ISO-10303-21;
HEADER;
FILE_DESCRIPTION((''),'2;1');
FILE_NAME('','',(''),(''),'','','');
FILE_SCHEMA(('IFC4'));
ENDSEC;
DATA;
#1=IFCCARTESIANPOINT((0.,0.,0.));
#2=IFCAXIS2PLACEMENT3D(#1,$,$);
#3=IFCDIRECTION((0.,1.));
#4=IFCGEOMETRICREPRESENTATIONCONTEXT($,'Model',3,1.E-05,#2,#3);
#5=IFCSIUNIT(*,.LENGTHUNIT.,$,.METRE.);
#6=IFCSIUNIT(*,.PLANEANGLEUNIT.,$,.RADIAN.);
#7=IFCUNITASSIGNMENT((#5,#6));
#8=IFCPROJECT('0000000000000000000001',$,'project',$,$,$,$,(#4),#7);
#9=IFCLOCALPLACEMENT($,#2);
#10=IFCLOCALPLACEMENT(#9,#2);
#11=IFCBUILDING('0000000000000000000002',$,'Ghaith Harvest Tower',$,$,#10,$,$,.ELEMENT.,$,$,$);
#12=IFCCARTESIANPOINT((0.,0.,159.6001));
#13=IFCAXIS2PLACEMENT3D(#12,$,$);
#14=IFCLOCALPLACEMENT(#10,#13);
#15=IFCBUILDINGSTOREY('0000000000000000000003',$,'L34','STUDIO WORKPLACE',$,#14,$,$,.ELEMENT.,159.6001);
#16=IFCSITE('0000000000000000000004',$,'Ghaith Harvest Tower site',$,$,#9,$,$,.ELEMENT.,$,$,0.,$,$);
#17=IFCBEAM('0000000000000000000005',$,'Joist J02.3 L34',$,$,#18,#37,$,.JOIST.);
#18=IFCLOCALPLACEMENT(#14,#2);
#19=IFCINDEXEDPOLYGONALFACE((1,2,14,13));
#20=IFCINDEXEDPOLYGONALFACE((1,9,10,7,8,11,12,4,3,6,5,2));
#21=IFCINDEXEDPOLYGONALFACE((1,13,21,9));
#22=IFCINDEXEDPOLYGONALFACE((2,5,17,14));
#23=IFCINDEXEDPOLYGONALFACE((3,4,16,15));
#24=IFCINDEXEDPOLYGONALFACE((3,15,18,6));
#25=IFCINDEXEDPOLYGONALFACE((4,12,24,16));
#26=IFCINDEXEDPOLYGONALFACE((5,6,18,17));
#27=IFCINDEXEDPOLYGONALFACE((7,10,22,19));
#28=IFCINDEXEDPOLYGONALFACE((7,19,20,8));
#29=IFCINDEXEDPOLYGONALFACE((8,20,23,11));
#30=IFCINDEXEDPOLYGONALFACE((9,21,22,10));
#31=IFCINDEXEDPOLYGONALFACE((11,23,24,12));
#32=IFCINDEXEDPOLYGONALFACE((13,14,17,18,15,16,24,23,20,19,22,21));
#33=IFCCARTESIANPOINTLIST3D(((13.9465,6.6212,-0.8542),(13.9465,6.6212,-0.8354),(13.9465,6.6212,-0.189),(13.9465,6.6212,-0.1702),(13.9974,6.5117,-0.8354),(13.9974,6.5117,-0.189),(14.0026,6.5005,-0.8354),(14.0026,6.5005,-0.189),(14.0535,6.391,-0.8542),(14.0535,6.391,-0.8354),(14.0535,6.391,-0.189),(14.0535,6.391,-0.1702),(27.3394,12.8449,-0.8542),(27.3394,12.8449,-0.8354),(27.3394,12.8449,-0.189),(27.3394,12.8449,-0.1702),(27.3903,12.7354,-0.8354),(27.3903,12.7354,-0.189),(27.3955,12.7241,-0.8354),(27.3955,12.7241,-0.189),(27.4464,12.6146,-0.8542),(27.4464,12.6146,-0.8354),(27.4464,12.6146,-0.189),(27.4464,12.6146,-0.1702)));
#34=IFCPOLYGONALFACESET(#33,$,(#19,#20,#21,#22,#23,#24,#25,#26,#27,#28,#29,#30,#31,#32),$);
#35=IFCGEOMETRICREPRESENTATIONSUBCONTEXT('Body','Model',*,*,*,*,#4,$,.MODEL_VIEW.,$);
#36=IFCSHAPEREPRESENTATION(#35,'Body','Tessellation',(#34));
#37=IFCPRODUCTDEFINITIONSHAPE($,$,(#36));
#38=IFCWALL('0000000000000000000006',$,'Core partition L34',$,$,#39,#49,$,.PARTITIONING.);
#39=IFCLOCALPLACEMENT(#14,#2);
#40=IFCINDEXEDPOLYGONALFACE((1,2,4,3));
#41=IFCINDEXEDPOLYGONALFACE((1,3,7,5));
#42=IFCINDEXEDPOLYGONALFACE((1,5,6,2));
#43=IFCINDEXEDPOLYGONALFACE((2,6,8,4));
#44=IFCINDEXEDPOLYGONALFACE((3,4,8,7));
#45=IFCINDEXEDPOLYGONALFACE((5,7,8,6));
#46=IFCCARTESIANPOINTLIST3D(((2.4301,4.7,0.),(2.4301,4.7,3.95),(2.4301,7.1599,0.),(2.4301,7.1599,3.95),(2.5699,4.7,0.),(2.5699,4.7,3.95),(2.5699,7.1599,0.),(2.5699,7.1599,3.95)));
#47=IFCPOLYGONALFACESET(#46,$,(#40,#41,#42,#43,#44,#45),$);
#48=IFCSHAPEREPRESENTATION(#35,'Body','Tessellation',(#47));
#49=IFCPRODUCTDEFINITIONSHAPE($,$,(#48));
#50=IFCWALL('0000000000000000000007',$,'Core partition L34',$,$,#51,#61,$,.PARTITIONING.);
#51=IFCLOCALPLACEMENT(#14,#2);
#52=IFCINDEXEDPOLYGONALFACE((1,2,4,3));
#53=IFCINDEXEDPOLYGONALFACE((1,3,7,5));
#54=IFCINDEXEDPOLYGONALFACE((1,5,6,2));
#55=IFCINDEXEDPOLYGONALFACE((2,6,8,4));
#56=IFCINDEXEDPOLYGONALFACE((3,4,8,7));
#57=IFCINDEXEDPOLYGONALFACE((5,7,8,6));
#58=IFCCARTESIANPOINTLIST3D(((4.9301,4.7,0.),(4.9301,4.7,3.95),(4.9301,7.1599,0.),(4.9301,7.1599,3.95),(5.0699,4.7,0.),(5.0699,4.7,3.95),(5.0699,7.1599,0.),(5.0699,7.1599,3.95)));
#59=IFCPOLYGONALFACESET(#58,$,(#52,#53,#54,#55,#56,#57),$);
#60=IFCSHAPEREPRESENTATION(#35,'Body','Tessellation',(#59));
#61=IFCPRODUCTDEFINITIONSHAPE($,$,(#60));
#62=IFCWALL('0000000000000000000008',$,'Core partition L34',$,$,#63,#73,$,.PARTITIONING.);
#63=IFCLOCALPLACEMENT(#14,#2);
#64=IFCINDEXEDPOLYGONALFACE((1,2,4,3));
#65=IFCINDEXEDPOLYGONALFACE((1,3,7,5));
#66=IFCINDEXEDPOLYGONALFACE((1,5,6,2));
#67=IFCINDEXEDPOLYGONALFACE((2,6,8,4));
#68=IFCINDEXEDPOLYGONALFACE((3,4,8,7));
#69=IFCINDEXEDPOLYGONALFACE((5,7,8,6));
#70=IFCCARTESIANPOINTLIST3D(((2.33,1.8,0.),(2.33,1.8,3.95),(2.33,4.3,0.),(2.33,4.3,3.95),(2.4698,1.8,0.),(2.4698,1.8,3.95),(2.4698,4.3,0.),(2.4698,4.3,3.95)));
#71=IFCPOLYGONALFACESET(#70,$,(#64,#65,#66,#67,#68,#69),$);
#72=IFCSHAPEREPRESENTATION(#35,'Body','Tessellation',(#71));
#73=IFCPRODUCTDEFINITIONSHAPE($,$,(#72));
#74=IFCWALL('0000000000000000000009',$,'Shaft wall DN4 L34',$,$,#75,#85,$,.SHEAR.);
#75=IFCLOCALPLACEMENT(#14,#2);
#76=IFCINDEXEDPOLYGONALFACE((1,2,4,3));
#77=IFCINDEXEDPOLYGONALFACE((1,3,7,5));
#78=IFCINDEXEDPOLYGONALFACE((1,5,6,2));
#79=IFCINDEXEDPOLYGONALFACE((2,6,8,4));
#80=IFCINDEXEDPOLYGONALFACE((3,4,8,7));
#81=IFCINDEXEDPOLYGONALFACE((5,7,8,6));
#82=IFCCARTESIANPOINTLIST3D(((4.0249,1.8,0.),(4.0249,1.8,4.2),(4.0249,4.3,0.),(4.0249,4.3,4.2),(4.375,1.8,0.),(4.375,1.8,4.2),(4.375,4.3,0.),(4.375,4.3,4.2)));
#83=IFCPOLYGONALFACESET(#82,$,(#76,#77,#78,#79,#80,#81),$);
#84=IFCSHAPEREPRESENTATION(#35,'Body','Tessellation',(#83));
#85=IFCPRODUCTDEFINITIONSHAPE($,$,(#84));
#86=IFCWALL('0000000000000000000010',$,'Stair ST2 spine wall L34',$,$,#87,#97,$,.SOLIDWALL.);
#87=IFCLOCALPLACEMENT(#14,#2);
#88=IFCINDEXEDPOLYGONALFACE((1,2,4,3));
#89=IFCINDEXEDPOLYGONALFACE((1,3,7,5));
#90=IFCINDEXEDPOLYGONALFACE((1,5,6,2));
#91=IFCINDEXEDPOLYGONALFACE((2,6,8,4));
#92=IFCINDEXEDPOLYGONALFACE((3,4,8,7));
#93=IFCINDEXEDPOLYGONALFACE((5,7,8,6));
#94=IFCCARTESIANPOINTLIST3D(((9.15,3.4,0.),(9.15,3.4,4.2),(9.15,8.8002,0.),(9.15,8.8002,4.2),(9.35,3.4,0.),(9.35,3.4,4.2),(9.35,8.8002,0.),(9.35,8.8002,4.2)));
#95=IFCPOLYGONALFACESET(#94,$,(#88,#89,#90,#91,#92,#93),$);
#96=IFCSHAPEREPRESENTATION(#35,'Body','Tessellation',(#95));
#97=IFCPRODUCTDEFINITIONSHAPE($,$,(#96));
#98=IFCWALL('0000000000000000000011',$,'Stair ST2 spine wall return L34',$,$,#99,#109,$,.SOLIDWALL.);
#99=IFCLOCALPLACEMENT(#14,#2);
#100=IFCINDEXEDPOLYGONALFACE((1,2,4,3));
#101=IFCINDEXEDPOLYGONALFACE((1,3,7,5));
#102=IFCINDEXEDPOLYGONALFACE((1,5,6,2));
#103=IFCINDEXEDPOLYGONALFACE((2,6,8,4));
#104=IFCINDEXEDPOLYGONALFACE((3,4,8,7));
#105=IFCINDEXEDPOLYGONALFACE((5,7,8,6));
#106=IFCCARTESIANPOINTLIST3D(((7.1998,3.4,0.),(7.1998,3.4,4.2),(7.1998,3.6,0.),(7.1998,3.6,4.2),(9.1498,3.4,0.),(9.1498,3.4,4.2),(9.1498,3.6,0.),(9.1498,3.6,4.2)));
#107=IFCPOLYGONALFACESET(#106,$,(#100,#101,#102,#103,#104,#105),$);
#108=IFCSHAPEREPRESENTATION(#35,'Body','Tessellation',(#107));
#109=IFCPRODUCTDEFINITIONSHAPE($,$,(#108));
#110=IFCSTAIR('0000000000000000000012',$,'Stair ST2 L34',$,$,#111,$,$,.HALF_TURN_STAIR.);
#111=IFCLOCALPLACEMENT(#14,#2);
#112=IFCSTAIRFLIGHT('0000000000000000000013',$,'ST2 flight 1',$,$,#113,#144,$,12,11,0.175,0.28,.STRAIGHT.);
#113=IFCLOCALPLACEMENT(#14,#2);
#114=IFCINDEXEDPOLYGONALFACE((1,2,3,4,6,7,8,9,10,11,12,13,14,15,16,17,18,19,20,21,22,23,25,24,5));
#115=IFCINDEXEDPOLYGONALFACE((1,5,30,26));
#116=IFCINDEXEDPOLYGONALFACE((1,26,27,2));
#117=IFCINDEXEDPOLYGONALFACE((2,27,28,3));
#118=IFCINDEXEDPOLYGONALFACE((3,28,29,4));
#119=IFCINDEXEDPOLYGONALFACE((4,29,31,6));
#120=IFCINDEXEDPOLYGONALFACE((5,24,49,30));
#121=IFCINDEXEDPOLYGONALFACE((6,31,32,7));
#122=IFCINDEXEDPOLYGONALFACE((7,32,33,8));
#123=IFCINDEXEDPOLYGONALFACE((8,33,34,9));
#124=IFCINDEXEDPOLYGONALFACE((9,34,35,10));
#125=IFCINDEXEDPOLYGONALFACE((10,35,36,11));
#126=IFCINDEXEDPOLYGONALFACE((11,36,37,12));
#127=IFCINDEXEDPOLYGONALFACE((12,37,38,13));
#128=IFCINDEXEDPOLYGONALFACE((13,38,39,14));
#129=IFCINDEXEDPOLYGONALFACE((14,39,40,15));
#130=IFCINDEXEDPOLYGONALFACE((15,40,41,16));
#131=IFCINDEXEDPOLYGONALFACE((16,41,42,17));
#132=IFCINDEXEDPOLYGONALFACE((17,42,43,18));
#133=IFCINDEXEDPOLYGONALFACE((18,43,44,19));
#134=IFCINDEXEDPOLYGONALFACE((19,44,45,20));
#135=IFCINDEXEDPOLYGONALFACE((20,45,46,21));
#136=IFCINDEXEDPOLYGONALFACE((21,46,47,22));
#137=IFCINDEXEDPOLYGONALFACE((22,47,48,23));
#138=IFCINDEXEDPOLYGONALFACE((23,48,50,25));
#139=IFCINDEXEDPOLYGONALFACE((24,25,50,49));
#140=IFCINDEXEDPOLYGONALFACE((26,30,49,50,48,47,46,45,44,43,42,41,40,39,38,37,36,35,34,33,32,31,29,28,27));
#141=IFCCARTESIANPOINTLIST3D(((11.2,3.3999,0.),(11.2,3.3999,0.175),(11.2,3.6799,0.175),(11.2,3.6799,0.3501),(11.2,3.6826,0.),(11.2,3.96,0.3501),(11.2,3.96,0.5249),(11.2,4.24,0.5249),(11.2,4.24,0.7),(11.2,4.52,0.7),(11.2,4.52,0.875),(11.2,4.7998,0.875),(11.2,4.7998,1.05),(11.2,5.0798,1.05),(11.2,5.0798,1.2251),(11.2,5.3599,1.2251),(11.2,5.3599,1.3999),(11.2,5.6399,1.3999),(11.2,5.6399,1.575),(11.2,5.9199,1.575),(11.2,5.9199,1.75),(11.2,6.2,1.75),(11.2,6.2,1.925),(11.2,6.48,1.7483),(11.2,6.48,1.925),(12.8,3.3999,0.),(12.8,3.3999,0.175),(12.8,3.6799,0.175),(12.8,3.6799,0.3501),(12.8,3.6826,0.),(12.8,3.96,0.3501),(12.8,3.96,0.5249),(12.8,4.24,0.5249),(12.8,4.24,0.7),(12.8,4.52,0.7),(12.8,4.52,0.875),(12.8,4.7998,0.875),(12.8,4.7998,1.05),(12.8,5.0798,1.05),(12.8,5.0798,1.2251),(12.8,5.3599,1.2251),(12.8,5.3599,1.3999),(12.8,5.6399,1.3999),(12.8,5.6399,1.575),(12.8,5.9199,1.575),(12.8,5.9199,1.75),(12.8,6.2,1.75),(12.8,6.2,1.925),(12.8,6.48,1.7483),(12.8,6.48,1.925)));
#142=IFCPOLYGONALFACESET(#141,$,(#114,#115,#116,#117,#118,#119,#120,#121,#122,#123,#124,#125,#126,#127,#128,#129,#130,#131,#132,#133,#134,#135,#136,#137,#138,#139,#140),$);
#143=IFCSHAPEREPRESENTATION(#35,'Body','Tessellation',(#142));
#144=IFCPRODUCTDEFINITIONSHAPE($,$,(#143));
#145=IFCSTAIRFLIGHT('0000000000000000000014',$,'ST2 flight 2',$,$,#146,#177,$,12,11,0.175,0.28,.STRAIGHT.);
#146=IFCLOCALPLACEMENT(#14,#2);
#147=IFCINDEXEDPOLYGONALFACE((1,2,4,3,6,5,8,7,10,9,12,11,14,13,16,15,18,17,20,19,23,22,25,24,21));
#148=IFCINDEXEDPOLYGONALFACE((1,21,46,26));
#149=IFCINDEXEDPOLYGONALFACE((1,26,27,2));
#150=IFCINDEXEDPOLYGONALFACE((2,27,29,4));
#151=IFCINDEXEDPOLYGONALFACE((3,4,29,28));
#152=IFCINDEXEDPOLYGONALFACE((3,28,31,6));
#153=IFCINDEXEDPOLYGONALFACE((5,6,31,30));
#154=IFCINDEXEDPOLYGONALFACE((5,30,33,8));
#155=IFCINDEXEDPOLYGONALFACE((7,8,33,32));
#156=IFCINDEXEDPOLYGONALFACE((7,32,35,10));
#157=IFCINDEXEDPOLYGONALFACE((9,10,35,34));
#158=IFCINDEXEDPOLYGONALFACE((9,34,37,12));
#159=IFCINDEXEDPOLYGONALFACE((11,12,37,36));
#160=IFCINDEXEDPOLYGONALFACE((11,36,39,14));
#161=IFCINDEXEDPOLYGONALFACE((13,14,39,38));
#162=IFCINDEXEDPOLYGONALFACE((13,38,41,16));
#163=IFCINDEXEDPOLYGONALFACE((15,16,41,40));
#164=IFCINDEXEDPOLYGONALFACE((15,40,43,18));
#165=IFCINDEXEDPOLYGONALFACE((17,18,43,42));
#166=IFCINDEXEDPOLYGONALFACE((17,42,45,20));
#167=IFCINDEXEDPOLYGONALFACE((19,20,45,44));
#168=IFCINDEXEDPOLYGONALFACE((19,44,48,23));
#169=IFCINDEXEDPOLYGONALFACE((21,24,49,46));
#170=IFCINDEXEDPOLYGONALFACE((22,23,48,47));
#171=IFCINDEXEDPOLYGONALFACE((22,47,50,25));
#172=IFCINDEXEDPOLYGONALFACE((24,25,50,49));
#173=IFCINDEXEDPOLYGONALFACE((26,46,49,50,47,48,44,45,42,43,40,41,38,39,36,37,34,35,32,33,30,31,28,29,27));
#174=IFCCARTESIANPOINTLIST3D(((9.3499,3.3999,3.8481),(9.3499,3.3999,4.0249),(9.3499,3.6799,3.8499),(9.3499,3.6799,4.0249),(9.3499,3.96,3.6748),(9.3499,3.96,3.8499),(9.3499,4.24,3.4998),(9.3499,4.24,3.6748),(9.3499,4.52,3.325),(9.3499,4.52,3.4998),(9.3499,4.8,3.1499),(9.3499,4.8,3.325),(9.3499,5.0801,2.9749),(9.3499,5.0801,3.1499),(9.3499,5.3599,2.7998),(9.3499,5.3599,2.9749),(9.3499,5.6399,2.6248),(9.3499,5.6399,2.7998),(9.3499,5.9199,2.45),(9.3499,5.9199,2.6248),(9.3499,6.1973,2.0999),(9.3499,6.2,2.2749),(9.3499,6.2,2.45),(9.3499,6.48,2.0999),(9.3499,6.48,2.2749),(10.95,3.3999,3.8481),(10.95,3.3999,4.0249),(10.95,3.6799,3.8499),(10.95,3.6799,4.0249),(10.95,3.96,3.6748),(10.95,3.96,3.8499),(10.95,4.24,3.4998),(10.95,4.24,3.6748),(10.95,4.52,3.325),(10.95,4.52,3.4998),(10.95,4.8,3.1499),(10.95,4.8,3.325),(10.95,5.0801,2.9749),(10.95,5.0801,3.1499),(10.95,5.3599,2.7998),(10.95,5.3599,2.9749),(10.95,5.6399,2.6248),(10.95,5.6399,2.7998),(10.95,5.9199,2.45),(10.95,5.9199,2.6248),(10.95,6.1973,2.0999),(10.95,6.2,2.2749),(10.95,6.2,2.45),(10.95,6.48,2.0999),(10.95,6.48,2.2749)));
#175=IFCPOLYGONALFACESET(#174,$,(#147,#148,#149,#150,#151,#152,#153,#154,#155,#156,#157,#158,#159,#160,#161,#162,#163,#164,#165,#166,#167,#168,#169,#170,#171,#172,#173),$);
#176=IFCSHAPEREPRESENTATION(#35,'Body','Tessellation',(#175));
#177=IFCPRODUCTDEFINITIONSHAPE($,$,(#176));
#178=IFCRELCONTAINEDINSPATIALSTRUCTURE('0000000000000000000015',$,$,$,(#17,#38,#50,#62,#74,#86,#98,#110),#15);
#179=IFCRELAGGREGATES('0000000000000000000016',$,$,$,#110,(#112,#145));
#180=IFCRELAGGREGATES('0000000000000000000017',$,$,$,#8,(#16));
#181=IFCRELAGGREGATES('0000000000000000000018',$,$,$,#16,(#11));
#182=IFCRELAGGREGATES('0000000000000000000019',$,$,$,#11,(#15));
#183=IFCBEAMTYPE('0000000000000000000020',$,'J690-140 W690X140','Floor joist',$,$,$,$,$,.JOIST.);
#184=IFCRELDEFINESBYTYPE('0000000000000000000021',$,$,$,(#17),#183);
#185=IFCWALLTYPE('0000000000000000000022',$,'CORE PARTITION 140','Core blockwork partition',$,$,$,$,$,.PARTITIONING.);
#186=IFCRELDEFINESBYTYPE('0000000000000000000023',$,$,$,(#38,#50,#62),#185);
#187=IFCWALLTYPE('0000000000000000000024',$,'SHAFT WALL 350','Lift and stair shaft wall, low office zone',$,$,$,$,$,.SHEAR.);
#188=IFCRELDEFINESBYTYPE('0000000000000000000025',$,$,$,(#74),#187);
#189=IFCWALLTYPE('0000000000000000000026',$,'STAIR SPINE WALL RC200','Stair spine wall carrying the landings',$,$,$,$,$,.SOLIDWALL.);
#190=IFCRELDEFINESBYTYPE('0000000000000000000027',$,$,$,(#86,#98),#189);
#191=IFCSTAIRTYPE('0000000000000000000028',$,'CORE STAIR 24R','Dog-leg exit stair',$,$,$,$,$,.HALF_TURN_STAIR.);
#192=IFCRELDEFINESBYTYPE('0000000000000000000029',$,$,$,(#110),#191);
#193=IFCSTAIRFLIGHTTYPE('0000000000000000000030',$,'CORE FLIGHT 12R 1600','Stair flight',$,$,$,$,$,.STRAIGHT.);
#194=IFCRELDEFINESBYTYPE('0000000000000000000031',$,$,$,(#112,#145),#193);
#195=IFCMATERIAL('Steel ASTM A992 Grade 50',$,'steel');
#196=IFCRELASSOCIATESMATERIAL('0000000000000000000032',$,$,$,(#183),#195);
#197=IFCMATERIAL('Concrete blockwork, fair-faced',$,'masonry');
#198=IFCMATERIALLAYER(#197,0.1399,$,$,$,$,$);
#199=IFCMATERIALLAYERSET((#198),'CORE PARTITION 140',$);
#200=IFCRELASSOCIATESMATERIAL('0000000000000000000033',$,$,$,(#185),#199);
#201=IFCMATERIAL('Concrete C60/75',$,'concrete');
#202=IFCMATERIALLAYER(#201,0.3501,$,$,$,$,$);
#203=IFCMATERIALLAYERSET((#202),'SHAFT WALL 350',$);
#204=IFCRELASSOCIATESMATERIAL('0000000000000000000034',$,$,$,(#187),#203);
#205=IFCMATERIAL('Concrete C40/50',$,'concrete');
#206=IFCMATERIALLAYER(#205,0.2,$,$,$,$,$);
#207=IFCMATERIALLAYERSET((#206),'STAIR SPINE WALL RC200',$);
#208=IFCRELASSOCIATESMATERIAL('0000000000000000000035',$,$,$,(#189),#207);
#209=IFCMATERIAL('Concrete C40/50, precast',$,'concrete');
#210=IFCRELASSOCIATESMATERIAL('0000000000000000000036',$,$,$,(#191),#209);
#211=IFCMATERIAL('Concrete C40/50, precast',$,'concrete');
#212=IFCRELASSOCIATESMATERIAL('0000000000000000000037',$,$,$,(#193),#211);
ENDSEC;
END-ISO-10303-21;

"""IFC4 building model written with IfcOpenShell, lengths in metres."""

from ifc_helpers import new_model, si_unit, direction, frame, frame_2d, origin, origin_2d, place, context, subcontext, project, spatial, polyline, rectangle, i_section, outline, extrude, material, layer, layer_set, material_profile, profile_set, type_object, element, aggregate, save


model = new_model("IFC4")

# Units and contexts
model_context = context("Model", 3, precision=1e-05, world=origin(), true_north=direction((0.0, 1.0)))
body_context = subcontext(model_context, "Body", "Model", "MODEL_VIEW")
ifc_project = project(units=[si_unit("LENGTHUNIT", "METRE"), si_unit("PLANEANGLEUNIT", "RADIAN")], contexts=[model_context])

# Site, building, storey
site_placement = place(None, origin())
site = spatial("IfcSite", under=ifc_project, at=site_placement, Name="Ghaith Harvest Tower site", CompositionType="ELEMENT", RefElevation=0.0)
building_placement = place(site_placement, origin())
building = spatial("IfcBuilding", under=site, at=building_placement, Name="Ghaith Harvest Tower", CompositionType="ELEMENT")
storey_placement = place(building_placement, frame((0.0, 0.0, 159.6001)))
storey = spatial("IfcBuildingStorey", under=building, at=storey_placement, Name="L34", Description="STUDIO WORKPLACE", CompositionType="ELEMENT", Elevation=159.6001)

# Beam
ifc_material_1 = material(Name="Steel ASTM A992 Grade 50", Category="steel")
ifc_material_profile_1 = material_profile(ifc_material_1, i_section(OverallWidth=0.2539, OverallDepth=0.6841, WebThickness=0.0125, FlangeThickness=0.0188, at=origin_2d()), Name="W690X140")
ifc_profile_set_1 = profile_set([ifc_material_profile_1], Name="Steel ASTM A992 Grade 50")
beam_type_1 = type_object("IfcBeamType", Name="J690-140 W690X140", Description="Floor joist", PredefinedType="JOIST", material=ifc_profile_set_1)
beam_1_placement = place(storey_placement, frame((14.0, 6.5061, -0.5122), z_axis=(0.906866, 0.42142, 0.0), x_axis=(-0.42142, 0.906866, 0.0)))
element("IfcBeam", 1, at=beam_1_placement, inside=storey, type_object=beam_type_1, Name="Joist J02.3 L34", PredefinedType="JOIST", context=body_context, shape_type="SweptSolid", body=[
    extrude(i_section(OverallWidth=0.2539, OverallDepth=0.6841, WebThickness=0.0125, FlangeThickness=0.0188, at=origin_2d()), origin(), (0.0, 0.0, 1.0), 14.7683),
])

# Walls
ifc_material_2 = material(Name="Concrete blockwork, fair-faced", Category="masonry")
ifc_layer_1 = layer(ifc_material_2, 0.1399)
ifc_layer_set_1 = layer_set([ifc_layer_1], Name="CORE PARTITION 140")
wall_type_1 = type_object("IfcWallType", Name="CORE PARTITION 140", Description="Core blockwork partition", PredefinedType="PARTITIONING", material=ifc_layer_set_1)
for number, where, z_axis, x_axis, name in (
    (2, (2.5, 4.7, 0.0), (0.0, 0.0, 1.0), (0.0, 1.0, 0.0), "Core partition L34"),
    (3, (5.0, 4.7, 0.0), (0.0, 0.0, 1.0), (0.0, 1.0, 0.0), "Core partition L34"),
):
    element("IfcWall", number, at=place(storey_placement, frame(where, z_axis=z_axis, x_axis=x_axis)), inside=storey, type_object=wall_type_1, Name=name, PredefinedType="PARTITIONING", context=body_context, shape_type="SweptSolid", body=[
        extrude(rectangle(XDim=2.46, YDim=0.1399, at=frame_2d((1.23, 0.0))), origin(), (0.0, 0.0, 1.0), 3.95),
    ])
wall_1_placement = place(storey_placement, frame((2.3999, 1.8, 0.0), z_axis=(0.0, 0.0, 1.0), x_axis=(0.0, 1.0, 0.0)))
element("IfcWall", 4, at=wall_1_placement, inside=storey, type_object=wall_type_1, Name="Core partition L34", PredefinedType="PARTITIONING", context=body_context, shape_type="SweptSolid", body=[
    extrude(rectangle(XDim=2.5, YDim=0.1399, at=frame_2d((1.25, 0.0))), origin(), (0.0, 0.0, 1.0), 3.95),
])

# Shared definitions
ifc_material_3 = material(Name="Concrete C60/75", Category="concrete")
ifc_layer_2 = layer(ifc_material_3, 0.3501)
ifc_layer_set_2 = layer_set([ifc_layer_2], Name="SHAFT WALL 350")
wall_type_2 = type_object("IfcWallType", Name="SHAFT WALL 350", Description="Lift and stair shaft wall, low office zone", PredefinedType="SHEAR", material=ifc_layer_set_2)

# Walls
wall_2_placement = place(storey_placement, frame((4.2, 1.8, 0.0), z_axis=(0.0, 0.0, 1.0), x_axis=(0.0, 1.0, 0.0)))
element("IfcWall", 5, at=wall_2_placement, inside=storey, type_object=wall_type_2, Name="Shaft wall DN4 L34", PredefinedType="SHEAR", context=body_context, shape_type="SweptSolid", body=[
    extrude(rectangle(XDim=2.5, YDim=0.3501, at=frame_2d((1.25, 0.0))), origin(), (0.0, 0.0, 1.0), 4.2),
])
ifc_material_4 = material(Name="Concrete C40/50", Category="concrete")
ifc_layer_3 = layer(ifc_material_4, 0.2)
ifc_layer_set_3 = layer_set([ifc_layer_3], Name="STAIR SPINE WALL RC200")
wall_type_3 = type_object("IfcWallType", Name="STAIR SPINE WALL RC200", Description="Stair spine wall carrying the landings", PredefinedType="SOLIDWALL", material=ifc_layer_set_3)
wall_3_placement = place(storey_placement, frame((9.25, 3.3999, 0.0), z_axis=(0.0, 0.0, 1.0), x_axis=(0.0, 1.0, 0.0)))
element("IfcWall", 6, at=wall_3_placement, inside=storey, type_object=wall_type_3, Name="Stair ST2 spine wall L34", PredefinedType="SOLIDWALL", context=body_context, shape_type="SweptSolid", body=[
    extrude(rectangle(XDim=5.4001, YDim=0.2, at=frame_2d((2.7002, 0.0))), origin(), (0.0, 0.0, 1.0), 4.2),
])
wall_4_placement = place(storey_placement, frame((9.1499, 3.5, 0.0), z_axis=(0.0, 0.0, 1.0), x_axis=(-1.0, 0.0, 0.0)))
element("IfcWall", 7, at=wall_4_placement, inside=storey, type_object=wall_type_3, Name="Stair ST2 spine wall return L34", PredefinedType="SOLIDWALL", context=body_context, shape_type="SweptSolid", body=[
    extrude(rectangle(XDim=1.95, YDim=0.2, at=frame_2d((0.9751, 0.0))), origin(), (0.0, 0.0, 1.0), 4.2),
])

# Stair, stair flights
ifc_material_5 = material(Name="Concrete C40/50, precast", Category="concrete")
stair_type = type_object("IfcStairType", Name="CORE STAIR 24R", Description="Dog-leg exit stair", PredefinedType="HALF_TURN_STAIR", material=ifc_material_5)
stair_placement = place(storey_placement, origin())
stair = element("IfcStair", 8, at=stair_placement, inside=storey, type_object=stair_type, Name="Stair ST2 L34", PredefinedType="HALF_TURN_STAIR")
ifc_material_6 = material(Name="Concrete C40/50, precast", Category="concrete")
stair_flight_type = type_object("IfcStairFlightType", Name="CORE FLIGHT 12R 1600", Description="Stair flight", PredefinedType="STRAIGHT", material=ifc_material_6)
stair_flight_1_placement = place(storey_placement, frame((12.0, 3.3999, 0.0), z_axis=(0.0, 0.0, 1.0), x_axis=(0.0, 1.0, 0.0)))
stair_flight_1 = element("IfcStairFlight", 9, at=stair_flight_1_placement, type_object=stair_flight_type, Name="ST2 flight 1", NumberOfRisers=12, NumberOfTreads=11, PredefinedType="STRAIGHT", RiserHeight=0.175, TreadLength=0.28, context=body_context, shape_type="SweptSolid", body=[
    extrude(outline(polyline([(0.0, 0.0), (0.0, 0.175), (0.28, 0.175), (0.28, 0.3501), (0.5601, 0.3501), (0.5601, 0.5249), (0.8401, 0.5249), (0.8401, 0.7), (1.1201, 0.7), (1.1201, 0.875), (1.3999, 0.875), (1.3999, 1.05), (1.6799, 1.05), (1.6799, 1.2251), (1.96, 1.2251), (1.96, 1.3999), (2.24, 1.3999), (2.24, 1.575), (2.52, 1.575), (2.52, 1.75), (2.8, 1.75), (2.8, 1.925), (3.0801, 1.925), (3.0801, 2.1001), (3.0801, 1.7483), (0.2827, 0.0), (0.0, 0.0)])), frame((0.0, 0.8, 0.0), z_axis=(0.0, -1.0, 0.0), x_axis=(1.0, 0.0, 0.0)), (0.0, 0.0, 1.0), 1.6001),
])
stair_flight_2_placement = place(storey_placement, frame((10.1499, 6.48, 2.0999), z_axis=(0.0, 0.0, 1.0), x_axis=(0.0, -1.0, 0.0)))
stair_flight_2 = element("IfcStairFlight", 10, at=stair_flight_2_placement, type_object=stair_flight_type, Name="ST2 flight 2", NumberOfRisers=12, NumberOfTreads=11, PredefinedType="STRAIGHT", RiserHeight=0.175, TreadLength=0.28, context=body_context, shape_type="SweptSolid", body=[
    extrude(outline(polyline([(0.0, 0.0), (0.0, 0.175), (0.28, 0.175), (0.28, 0.3501), (0.5601, 0.3501), (0.5601, 0.5249), (0.8401, 0.5249), (0.8401, 0.7), (1.1201, 0.7), (1.1201, 0.875), (1.3999, 0.875), (1.3999, 1.05), (1.6799, 1.05), (1.6799, 1.2251), (1.96, 1.2251), (1.96, 1.3999), (2.24, 1.3999), (2.24, 1.575), (2.52, 1.575), (2.52, 1.75), (2.8, 1.75), (2.8, 1.925), (3.0801, 1.925), (3.0801, 2.1001), (3.0801, 1.7483), (0.2827, 0.0), (0.0, 0.0)])), frame((0.0, 0.8, 0.0), z_axis=(0.0, -1.0, 0.0), x_axis=(1.0, 0.0, 0.0)), (0.0, 0.0, 1.0), 1.6001),
])
aggregate(stair, [stair_flight_1, stair_flight_2])

save(model, "model.ifc")
